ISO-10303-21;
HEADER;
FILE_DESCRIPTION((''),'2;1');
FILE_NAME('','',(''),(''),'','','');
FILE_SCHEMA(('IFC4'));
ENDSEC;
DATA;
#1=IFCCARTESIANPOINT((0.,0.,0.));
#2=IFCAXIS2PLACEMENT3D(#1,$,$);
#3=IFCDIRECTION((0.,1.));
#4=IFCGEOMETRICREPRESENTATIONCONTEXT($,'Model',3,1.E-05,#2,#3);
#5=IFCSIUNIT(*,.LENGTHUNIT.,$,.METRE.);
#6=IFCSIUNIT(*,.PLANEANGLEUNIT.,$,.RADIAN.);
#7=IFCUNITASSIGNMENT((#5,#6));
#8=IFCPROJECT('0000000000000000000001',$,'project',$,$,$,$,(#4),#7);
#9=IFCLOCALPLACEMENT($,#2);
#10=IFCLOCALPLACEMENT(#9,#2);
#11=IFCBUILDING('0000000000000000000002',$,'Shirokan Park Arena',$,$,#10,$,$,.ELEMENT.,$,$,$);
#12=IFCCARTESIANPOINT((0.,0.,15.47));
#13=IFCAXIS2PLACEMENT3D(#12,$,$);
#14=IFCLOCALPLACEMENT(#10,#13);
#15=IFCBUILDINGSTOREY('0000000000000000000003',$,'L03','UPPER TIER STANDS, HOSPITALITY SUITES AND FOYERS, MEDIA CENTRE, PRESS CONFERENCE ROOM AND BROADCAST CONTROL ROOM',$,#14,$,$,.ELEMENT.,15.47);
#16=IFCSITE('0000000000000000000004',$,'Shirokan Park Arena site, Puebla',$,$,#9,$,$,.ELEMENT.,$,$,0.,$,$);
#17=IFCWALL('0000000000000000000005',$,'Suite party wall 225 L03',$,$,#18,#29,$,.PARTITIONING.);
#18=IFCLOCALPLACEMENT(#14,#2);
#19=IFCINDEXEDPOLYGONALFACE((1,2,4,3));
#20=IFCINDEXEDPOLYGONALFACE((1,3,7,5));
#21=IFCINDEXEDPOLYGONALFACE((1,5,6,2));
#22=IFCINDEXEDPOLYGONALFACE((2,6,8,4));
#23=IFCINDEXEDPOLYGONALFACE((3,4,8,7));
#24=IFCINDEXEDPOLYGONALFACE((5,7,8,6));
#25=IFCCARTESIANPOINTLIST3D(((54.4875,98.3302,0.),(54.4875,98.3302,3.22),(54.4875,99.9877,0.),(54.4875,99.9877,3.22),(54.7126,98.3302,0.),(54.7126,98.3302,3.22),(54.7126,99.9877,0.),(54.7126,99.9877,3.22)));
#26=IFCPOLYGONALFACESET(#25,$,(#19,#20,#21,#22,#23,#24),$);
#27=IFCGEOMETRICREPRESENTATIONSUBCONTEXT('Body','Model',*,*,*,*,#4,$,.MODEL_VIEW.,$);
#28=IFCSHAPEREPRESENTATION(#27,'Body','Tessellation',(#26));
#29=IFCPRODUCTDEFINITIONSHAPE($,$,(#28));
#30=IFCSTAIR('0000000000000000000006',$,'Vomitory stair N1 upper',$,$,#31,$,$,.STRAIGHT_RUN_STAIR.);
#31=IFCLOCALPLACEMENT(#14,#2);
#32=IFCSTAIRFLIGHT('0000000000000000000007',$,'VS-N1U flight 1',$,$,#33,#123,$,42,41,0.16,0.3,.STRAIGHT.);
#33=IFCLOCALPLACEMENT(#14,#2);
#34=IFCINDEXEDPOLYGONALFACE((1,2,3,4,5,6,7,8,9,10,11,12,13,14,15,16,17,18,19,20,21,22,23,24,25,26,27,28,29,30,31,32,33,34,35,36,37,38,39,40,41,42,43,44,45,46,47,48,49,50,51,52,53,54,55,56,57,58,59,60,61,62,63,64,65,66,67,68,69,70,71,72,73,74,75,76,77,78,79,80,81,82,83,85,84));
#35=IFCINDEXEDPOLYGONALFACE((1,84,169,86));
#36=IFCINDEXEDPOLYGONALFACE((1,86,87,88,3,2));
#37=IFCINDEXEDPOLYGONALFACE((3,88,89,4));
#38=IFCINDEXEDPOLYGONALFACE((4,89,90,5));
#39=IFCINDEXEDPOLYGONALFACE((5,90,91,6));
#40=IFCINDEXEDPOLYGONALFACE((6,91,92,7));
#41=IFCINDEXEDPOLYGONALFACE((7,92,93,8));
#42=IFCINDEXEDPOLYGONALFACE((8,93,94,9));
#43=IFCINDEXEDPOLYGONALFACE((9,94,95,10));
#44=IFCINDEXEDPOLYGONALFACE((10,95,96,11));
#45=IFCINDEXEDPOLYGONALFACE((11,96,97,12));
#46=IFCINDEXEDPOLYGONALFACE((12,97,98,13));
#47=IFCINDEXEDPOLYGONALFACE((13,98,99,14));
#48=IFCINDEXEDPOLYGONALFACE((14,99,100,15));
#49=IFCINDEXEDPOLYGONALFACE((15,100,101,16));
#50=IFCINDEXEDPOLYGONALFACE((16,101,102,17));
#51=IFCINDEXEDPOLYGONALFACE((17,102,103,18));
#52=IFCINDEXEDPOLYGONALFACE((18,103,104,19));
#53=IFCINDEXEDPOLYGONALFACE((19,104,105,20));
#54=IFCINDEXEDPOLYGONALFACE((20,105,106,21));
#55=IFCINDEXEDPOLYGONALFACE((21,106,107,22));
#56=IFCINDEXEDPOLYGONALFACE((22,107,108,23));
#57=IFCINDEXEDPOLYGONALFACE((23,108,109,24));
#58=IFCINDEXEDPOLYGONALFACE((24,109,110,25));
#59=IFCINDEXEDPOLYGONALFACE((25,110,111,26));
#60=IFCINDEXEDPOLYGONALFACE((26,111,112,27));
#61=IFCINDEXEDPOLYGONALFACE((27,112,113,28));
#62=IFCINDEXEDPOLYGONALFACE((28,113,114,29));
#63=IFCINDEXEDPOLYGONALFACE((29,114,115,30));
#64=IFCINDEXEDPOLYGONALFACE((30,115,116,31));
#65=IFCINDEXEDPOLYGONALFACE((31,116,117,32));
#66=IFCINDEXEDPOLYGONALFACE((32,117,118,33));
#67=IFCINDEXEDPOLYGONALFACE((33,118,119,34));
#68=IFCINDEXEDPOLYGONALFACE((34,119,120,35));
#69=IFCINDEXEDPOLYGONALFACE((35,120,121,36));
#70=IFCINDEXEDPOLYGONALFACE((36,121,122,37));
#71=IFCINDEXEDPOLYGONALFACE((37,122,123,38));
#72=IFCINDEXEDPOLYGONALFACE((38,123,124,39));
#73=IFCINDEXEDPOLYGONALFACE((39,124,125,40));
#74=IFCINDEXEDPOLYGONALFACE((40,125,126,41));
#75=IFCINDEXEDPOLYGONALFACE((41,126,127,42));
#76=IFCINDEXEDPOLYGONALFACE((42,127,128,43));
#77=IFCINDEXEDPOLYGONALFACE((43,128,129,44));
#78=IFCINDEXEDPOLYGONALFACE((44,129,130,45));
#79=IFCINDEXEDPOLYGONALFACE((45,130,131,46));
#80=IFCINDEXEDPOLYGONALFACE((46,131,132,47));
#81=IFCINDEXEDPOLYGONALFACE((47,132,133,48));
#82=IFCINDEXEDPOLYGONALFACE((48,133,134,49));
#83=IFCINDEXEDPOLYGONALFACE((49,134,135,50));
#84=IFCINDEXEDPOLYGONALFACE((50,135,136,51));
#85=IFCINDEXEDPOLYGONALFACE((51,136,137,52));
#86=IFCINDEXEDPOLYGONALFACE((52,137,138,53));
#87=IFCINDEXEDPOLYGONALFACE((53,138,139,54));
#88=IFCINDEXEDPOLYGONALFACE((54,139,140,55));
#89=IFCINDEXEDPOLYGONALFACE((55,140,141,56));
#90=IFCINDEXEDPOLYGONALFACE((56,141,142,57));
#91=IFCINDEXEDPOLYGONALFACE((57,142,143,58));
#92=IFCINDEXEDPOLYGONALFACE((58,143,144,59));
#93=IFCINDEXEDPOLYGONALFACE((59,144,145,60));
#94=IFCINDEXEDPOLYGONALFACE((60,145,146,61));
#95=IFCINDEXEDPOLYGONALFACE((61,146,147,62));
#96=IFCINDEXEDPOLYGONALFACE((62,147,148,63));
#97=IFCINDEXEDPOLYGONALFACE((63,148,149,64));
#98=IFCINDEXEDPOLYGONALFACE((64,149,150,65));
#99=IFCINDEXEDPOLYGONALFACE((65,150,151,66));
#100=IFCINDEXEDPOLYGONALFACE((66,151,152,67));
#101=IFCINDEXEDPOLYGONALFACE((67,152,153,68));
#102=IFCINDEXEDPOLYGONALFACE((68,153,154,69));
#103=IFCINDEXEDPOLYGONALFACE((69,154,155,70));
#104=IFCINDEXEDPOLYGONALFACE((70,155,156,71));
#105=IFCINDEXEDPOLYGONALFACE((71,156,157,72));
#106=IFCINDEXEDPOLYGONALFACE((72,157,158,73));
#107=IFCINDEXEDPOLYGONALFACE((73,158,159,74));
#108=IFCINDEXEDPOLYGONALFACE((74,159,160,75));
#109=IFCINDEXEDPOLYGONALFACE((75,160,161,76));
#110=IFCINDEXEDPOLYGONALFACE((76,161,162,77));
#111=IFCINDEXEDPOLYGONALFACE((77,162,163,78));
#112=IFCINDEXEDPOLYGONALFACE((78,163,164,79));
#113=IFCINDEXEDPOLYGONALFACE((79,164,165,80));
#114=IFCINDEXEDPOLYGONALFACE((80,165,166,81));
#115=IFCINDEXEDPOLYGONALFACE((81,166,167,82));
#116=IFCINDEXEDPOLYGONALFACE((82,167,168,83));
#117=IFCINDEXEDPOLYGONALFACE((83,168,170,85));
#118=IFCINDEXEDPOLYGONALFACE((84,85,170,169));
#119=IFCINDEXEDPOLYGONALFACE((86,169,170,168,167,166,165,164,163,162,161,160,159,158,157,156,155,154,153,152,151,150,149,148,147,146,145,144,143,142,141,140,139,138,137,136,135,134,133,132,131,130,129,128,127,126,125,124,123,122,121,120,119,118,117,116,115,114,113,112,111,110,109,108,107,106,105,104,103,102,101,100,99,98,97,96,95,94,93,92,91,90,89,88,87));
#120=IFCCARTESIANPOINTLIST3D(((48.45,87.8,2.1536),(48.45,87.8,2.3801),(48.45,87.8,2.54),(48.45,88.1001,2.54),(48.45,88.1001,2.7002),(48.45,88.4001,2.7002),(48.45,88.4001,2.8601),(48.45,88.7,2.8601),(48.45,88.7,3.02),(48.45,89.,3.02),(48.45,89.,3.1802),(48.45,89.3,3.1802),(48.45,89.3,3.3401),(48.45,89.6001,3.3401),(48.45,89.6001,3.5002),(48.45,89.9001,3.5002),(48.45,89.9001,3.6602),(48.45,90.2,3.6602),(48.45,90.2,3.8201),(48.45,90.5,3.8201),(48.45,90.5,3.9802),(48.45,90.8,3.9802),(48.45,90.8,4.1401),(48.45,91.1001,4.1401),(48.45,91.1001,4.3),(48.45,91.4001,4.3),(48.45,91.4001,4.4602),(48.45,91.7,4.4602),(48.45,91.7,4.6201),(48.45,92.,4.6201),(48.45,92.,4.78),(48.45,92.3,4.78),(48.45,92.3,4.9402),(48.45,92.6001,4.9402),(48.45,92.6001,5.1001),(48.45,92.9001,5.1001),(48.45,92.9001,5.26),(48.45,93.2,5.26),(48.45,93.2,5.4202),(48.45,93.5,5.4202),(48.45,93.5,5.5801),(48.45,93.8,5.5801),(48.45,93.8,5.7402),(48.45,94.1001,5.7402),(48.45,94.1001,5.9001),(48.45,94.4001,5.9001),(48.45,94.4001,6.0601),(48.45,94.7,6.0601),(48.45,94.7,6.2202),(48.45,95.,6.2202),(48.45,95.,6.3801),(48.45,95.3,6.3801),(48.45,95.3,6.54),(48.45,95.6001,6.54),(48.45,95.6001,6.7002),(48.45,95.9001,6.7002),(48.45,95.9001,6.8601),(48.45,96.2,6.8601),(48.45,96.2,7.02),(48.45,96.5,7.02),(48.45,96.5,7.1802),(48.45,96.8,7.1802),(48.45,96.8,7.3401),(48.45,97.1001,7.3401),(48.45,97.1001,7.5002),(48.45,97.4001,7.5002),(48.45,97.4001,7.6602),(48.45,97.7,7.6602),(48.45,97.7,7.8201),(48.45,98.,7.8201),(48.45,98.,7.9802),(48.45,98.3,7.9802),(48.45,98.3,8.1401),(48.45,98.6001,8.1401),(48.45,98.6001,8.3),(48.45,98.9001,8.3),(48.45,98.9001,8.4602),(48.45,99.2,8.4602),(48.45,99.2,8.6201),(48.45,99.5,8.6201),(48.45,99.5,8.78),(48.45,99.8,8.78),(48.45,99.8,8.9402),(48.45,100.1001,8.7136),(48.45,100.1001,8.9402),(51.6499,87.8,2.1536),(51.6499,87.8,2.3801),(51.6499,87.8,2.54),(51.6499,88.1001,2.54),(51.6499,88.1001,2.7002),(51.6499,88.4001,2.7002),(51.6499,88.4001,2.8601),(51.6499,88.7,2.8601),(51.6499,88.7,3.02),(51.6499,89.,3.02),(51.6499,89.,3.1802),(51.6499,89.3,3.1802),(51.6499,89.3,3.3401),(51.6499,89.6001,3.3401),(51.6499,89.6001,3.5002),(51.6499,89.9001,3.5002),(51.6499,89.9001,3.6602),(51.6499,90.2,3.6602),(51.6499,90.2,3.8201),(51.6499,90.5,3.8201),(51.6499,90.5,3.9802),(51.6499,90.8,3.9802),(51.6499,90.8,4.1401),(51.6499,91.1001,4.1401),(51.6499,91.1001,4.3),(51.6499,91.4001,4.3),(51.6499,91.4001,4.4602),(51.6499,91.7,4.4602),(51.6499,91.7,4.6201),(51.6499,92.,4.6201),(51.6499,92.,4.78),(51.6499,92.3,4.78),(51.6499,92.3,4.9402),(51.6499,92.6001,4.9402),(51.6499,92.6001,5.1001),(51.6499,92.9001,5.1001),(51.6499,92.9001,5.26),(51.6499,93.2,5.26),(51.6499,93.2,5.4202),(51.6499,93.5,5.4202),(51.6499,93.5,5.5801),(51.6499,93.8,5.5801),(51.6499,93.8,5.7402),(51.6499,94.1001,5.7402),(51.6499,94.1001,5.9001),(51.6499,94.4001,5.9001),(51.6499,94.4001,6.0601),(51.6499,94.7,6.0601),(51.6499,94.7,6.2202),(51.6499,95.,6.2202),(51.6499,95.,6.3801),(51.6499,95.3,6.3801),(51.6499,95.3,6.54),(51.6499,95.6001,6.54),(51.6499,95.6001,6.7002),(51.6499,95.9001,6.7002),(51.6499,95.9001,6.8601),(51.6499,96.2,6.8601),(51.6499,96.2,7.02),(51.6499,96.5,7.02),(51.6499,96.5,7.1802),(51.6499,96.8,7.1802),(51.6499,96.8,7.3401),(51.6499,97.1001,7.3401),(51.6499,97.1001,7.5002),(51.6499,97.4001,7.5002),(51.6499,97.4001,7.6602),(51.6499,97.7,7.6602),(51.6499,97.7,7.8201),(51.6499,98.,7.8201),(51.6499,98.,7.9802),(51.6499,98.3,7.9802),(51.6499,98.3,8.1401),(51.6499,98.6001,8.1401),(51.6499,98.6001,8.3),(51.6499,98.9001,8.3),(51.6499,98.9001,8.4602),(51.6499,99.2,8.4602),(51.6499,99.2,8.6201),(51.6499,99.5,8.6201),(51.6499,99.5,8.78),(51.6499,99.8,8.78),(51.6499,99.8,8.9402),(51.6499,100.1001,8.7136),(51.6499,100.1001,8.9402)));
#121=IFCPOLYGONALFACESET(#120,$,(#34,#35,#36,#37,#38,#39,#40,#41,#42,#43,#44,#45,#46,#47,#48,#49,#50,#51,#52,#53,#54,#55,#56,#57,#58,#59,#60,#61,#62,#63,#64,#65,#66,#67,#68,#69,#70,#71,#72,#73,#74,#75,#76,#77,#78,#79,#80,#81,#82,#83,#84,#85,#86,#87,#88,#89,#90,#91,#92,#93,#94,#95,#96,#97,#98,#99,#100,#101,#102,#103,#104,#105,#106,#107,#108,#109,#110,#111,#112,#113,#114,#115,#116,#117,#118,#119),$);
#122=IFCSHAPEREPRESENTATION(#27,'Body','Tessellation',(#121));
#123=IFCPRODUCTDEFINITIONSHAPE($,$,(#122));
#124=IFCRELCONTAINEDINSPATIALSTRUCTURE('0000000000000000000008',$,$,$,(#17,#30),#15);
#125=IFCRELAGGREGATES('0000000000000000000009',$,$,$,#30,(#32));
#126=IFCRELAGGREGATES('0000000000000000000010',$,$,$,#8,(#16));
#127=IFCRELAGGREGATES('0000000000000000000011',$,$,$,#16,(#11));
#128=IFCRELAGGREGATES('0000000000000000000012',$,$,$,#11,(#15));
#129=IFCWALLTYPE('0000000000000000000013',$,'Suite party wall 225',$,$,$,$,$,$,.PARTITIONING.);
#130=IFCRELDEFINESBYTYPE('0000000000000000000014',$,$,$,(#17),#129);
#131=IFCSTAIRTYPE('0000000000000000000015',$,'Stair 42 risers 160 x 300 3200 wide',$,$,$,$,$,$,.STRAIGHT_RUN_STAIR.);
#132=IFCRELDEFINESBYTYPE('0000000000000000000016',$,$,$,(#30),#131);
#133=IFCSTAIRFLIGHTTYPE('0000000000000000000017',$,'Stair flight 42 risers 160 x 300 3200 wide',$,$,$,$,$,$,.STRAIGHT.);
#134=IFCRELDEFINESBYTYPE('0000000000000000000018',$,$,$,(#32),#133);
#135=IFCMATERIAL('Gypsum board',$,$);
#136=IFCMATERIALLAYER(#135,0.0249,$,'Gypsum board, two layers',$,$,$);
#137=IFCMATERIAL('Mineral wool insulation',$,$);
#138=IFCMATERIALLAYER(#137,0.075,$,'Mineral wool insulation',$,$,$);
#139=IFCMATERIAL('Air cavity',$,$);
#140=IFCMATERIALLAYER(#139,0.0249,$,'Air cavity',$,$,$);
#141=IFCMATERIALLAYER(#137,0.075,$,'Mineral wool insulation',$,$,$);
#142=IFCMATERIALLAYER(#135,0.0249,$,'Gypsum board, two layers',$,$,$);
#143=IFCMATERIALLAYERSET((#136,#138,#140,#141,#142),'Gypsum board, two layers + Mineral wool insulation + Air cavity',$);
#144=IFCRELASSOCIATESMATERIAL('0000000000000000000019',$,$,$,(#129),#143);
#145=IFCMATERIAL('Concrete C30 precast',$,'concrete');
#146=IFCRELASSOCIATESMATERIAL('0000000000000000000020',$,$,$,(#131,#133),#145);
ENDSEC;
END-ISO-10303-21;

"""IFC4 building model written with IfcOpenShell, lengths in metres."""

from ifc_helpers import new_model, si_unit, direction, frame, frame_2d, origin, place, context, subcontext, project, spatial, polyline, rectangle, outline, extrude, material, layer, layer_set, type_object, element, aggregate, save


model = new_model("IFC4")

# Units and contexts
model_context = context("Model", 3, precision=1e-05, world=origin(), true_north=direction((0.0, 1.0)))
body_context = subcontext(model_context, "Body", "Model", "MODEL_VIEW")
ifc_project = project(units=[si_unit("LENGTHUNIT", "METRE"), si_unit("PLANEANGLEUNIT", "RADIAN")], contexts=[model_context])

# Site, building, storey
site_placement = place(None, origin())
site = spatial("IfcSite", under=ifc_project, at=site_placement, Name="Shirokan Park Arena site, Puebla", CompositionType="ELEMENT", RefElevation=0.0)
building_placement = place(site_placement, origin())
building = spatial("IfcBuilding", under=site, at=building_placement, Name="Shirokan Park Arena", CompositionType="ELEMENT")
storey_placement = place(building_placement, frame((0.0, 0.0, 15.47)))
storey = spatial("IfcBuildingStorey", under=building, at=storey_placement, Name="L03", Description="UPPER TIER STANDS, HOSPITALITY SUITES AND FOYERS, MEDIA CENTRE, PRESS CONFERENCE ROOM AND BROADCAST CONTROL ROOM", CompositionType="ELEMENT", Elevation=15.47)

# Shared definitions
ifc_material_1 = material(Name="Mineral wool insulation")
ifc_material_2 = material(Name="Gypsum board")

# Shared definitions
ifc_layer_1 = layer(ifc_material_2, 0.0249, Name="Gypsum board, two layers")
ifc_layer_2 = layer(ifc_material_1, 0.075, Name="Mineral wool insulation")
ifc_material_3 = material(Name="Air cavity")
ifc_layer_3 = layer(ifc_material_3, 0.0249, Name="Air cavity")
ifc_layer_4 = layer(ifc_material_1, 0.075, Name="Mineral wool insulation")
ifc_layer_5 = layer(ifc_material_2, 0.0249, Name="Gypsum board, two layers")
ifc_layer_set_1 = layer_set([ifc_layer_1, ifc_layer_2, ifc_layer_3, ifc_layer_4, ifc_layer_5], Name="Gypsum board, two layers + Mineral wool insulation + Air cavity")
wall_type_1 = type_object("IfcWallType", Name="Suite party wall 225", PredefinedType="PARTITIONING", material=ifc_layer_set_1)

# Wall
wall_1_placement = place(storey_placement, frame((54.6001, 99.9875, 0.0), z_axis=(0.0, 0.0, 1.0), x_axis=(0.0, -1.0, 0.0)))
element("IfcWall", 1, at=wall_1_placement, inside=storey, type_object=wall_type_1, Name="Suite party wall 225 L03", PredefinedType="PARTITIONING", context=body_context, shape_type="SweptSolid", body=[
    extrude(rectangle(XDim=1.6575, YDim=0.2251, at=frame_2d((0.8286, 0.0))), origin(), (0.0, 0.0, 1.0), 3.22),
])

# Stair, stair flight
ifc_material_4 = material(Name="Concrete C30 precast", Category="concrete")
stair_type = type_object("IfcStairType", Name="Stair 42 risers 160 x 300 3200 wide", PredefinedType="STRAIGHT_RUN_STAIR", material=ifc_material_4)
stair_placement = place(storey_placement, origin())
stair = element("IfcStair", 2, at=stair_placement, inside=storey, type_object=stair_type, Name="Vomitory stair N1 upper", PredefinedType="STRAIGHT_RUN_STAIR")
stair_flight_type = type_object("IfcStairFlightType", Name="Stair flight 42 risers 160 x 300 3200 wide", PredefinedType="STRAIGHT", material=ifc_material_4)
stair_flight_placement = place(storey_placement, frame((50.05, 87.8, 2.3801), z_axis=(0.0, 0.0, 1.0), x_axis=(0.0, 1.0, 0.0)))
stair_flight = element("IfcStairFlight", 3, at=stair_flight_placement, type_object=stair_flight_type, Name="VS-N1U flight 1", NumberOfRisers=42, NumberOfTreads=41, PredefinedType="STRAIGHT", RiserHeight=0.16, TreadLength=0.3, context=body_context, shape_type="SweptSolid", body=[
    extrude(outline(polyline([(0.0, -0.2266), (0.0, 0.0), (0.0, 0.1599), (0.3, 0.1599), (0.3, 0.3201), (0.6001, 0.3201), (0.6001, 0.48), (0.8999, 0.48), (0.8999, 0.6399), (1.2, 0.6399), (1.2, 0.8), (1.5, 0.8), (1.5, 0.96), (1.8, 0.96), (1.8, 1.1201), (2.1001, 1.1201), (2.1001, 1.28), (2.3999, 1.28), (2.3999, 1.4399), (2.7, 1.4399), (2.7, 1.6001), (3.0, 1.6001), (3.0, 1.76), (3.3, 1.76), (3.3, 1.9199), (3.6001, 1.9199), (3.6001, 2.0801), (3.8999, 2.0801), (3.8999, 2.24), (4.2, 2.24), (4.2, 2.3999), (4.5, 2.3999), (4.5, 2.5601), (4.8, 2.5601), (4.8, 2.72), (5.1001, 2.72), (5.1001, 2.8799), (5.3999, 2.8799), (5.3999, 3.04), (5.7, 3.04), (5.7, 3.2), (6.0, 3.2), (6.0, 3.3601), (6.3, 3.3601), (6.3, 3.52), (6.6001, 3.52), (6.6001, 3.6799), (6.8999, 3.6799), (6.8999, 3.8401), (7.2, 3.8401), (7.2, 4.0), (7.5, 4.0), (7.5, 4.1599), (7.8, 4.1599), (7.8, 4.3201), (8.1001, 4.3201), (8.1001, 4.48), (8.3999, 4.48), (8.3999, 4.6399), (8.7, 4.6399), (8.7, 4.8), (9.0, 4.8), (9.0, 4.96), (9.3, 4.96), (9.3, 5.1201), (9.6001, 5.1201), (9.6001, 5.28), (9.8999, 5.28), (9.8999, 5.4399), (10.2, 5.4399), (10.2, 5.6001), (10.5, 5.6001), (10.5, 5.76), (10.8, 5.76), (10.8, 5.9199), (11.1001, 5.9199), (11.1001, 6.0801), (11.3999, 6.0801), (11.3999, 6.24), (11.7, 6.24), (11.7, 6.3999), (12.0, 6.3999), (12.0, 6.5601), (12.3, 6.5601), (12.3, 6.72), (12.3, 6.3335), (0.0, -0.2266)])), frame((0.0, 1.6001, 0.0), z_axis=(0.0, -1.0, 0.0), x_axis=(1.0, 0.0, 0.0)), (0.0, 0.0, 1.0), 3.2),
])
aggregate(stair, [stair_flight])

save(model, "model.ifc")
